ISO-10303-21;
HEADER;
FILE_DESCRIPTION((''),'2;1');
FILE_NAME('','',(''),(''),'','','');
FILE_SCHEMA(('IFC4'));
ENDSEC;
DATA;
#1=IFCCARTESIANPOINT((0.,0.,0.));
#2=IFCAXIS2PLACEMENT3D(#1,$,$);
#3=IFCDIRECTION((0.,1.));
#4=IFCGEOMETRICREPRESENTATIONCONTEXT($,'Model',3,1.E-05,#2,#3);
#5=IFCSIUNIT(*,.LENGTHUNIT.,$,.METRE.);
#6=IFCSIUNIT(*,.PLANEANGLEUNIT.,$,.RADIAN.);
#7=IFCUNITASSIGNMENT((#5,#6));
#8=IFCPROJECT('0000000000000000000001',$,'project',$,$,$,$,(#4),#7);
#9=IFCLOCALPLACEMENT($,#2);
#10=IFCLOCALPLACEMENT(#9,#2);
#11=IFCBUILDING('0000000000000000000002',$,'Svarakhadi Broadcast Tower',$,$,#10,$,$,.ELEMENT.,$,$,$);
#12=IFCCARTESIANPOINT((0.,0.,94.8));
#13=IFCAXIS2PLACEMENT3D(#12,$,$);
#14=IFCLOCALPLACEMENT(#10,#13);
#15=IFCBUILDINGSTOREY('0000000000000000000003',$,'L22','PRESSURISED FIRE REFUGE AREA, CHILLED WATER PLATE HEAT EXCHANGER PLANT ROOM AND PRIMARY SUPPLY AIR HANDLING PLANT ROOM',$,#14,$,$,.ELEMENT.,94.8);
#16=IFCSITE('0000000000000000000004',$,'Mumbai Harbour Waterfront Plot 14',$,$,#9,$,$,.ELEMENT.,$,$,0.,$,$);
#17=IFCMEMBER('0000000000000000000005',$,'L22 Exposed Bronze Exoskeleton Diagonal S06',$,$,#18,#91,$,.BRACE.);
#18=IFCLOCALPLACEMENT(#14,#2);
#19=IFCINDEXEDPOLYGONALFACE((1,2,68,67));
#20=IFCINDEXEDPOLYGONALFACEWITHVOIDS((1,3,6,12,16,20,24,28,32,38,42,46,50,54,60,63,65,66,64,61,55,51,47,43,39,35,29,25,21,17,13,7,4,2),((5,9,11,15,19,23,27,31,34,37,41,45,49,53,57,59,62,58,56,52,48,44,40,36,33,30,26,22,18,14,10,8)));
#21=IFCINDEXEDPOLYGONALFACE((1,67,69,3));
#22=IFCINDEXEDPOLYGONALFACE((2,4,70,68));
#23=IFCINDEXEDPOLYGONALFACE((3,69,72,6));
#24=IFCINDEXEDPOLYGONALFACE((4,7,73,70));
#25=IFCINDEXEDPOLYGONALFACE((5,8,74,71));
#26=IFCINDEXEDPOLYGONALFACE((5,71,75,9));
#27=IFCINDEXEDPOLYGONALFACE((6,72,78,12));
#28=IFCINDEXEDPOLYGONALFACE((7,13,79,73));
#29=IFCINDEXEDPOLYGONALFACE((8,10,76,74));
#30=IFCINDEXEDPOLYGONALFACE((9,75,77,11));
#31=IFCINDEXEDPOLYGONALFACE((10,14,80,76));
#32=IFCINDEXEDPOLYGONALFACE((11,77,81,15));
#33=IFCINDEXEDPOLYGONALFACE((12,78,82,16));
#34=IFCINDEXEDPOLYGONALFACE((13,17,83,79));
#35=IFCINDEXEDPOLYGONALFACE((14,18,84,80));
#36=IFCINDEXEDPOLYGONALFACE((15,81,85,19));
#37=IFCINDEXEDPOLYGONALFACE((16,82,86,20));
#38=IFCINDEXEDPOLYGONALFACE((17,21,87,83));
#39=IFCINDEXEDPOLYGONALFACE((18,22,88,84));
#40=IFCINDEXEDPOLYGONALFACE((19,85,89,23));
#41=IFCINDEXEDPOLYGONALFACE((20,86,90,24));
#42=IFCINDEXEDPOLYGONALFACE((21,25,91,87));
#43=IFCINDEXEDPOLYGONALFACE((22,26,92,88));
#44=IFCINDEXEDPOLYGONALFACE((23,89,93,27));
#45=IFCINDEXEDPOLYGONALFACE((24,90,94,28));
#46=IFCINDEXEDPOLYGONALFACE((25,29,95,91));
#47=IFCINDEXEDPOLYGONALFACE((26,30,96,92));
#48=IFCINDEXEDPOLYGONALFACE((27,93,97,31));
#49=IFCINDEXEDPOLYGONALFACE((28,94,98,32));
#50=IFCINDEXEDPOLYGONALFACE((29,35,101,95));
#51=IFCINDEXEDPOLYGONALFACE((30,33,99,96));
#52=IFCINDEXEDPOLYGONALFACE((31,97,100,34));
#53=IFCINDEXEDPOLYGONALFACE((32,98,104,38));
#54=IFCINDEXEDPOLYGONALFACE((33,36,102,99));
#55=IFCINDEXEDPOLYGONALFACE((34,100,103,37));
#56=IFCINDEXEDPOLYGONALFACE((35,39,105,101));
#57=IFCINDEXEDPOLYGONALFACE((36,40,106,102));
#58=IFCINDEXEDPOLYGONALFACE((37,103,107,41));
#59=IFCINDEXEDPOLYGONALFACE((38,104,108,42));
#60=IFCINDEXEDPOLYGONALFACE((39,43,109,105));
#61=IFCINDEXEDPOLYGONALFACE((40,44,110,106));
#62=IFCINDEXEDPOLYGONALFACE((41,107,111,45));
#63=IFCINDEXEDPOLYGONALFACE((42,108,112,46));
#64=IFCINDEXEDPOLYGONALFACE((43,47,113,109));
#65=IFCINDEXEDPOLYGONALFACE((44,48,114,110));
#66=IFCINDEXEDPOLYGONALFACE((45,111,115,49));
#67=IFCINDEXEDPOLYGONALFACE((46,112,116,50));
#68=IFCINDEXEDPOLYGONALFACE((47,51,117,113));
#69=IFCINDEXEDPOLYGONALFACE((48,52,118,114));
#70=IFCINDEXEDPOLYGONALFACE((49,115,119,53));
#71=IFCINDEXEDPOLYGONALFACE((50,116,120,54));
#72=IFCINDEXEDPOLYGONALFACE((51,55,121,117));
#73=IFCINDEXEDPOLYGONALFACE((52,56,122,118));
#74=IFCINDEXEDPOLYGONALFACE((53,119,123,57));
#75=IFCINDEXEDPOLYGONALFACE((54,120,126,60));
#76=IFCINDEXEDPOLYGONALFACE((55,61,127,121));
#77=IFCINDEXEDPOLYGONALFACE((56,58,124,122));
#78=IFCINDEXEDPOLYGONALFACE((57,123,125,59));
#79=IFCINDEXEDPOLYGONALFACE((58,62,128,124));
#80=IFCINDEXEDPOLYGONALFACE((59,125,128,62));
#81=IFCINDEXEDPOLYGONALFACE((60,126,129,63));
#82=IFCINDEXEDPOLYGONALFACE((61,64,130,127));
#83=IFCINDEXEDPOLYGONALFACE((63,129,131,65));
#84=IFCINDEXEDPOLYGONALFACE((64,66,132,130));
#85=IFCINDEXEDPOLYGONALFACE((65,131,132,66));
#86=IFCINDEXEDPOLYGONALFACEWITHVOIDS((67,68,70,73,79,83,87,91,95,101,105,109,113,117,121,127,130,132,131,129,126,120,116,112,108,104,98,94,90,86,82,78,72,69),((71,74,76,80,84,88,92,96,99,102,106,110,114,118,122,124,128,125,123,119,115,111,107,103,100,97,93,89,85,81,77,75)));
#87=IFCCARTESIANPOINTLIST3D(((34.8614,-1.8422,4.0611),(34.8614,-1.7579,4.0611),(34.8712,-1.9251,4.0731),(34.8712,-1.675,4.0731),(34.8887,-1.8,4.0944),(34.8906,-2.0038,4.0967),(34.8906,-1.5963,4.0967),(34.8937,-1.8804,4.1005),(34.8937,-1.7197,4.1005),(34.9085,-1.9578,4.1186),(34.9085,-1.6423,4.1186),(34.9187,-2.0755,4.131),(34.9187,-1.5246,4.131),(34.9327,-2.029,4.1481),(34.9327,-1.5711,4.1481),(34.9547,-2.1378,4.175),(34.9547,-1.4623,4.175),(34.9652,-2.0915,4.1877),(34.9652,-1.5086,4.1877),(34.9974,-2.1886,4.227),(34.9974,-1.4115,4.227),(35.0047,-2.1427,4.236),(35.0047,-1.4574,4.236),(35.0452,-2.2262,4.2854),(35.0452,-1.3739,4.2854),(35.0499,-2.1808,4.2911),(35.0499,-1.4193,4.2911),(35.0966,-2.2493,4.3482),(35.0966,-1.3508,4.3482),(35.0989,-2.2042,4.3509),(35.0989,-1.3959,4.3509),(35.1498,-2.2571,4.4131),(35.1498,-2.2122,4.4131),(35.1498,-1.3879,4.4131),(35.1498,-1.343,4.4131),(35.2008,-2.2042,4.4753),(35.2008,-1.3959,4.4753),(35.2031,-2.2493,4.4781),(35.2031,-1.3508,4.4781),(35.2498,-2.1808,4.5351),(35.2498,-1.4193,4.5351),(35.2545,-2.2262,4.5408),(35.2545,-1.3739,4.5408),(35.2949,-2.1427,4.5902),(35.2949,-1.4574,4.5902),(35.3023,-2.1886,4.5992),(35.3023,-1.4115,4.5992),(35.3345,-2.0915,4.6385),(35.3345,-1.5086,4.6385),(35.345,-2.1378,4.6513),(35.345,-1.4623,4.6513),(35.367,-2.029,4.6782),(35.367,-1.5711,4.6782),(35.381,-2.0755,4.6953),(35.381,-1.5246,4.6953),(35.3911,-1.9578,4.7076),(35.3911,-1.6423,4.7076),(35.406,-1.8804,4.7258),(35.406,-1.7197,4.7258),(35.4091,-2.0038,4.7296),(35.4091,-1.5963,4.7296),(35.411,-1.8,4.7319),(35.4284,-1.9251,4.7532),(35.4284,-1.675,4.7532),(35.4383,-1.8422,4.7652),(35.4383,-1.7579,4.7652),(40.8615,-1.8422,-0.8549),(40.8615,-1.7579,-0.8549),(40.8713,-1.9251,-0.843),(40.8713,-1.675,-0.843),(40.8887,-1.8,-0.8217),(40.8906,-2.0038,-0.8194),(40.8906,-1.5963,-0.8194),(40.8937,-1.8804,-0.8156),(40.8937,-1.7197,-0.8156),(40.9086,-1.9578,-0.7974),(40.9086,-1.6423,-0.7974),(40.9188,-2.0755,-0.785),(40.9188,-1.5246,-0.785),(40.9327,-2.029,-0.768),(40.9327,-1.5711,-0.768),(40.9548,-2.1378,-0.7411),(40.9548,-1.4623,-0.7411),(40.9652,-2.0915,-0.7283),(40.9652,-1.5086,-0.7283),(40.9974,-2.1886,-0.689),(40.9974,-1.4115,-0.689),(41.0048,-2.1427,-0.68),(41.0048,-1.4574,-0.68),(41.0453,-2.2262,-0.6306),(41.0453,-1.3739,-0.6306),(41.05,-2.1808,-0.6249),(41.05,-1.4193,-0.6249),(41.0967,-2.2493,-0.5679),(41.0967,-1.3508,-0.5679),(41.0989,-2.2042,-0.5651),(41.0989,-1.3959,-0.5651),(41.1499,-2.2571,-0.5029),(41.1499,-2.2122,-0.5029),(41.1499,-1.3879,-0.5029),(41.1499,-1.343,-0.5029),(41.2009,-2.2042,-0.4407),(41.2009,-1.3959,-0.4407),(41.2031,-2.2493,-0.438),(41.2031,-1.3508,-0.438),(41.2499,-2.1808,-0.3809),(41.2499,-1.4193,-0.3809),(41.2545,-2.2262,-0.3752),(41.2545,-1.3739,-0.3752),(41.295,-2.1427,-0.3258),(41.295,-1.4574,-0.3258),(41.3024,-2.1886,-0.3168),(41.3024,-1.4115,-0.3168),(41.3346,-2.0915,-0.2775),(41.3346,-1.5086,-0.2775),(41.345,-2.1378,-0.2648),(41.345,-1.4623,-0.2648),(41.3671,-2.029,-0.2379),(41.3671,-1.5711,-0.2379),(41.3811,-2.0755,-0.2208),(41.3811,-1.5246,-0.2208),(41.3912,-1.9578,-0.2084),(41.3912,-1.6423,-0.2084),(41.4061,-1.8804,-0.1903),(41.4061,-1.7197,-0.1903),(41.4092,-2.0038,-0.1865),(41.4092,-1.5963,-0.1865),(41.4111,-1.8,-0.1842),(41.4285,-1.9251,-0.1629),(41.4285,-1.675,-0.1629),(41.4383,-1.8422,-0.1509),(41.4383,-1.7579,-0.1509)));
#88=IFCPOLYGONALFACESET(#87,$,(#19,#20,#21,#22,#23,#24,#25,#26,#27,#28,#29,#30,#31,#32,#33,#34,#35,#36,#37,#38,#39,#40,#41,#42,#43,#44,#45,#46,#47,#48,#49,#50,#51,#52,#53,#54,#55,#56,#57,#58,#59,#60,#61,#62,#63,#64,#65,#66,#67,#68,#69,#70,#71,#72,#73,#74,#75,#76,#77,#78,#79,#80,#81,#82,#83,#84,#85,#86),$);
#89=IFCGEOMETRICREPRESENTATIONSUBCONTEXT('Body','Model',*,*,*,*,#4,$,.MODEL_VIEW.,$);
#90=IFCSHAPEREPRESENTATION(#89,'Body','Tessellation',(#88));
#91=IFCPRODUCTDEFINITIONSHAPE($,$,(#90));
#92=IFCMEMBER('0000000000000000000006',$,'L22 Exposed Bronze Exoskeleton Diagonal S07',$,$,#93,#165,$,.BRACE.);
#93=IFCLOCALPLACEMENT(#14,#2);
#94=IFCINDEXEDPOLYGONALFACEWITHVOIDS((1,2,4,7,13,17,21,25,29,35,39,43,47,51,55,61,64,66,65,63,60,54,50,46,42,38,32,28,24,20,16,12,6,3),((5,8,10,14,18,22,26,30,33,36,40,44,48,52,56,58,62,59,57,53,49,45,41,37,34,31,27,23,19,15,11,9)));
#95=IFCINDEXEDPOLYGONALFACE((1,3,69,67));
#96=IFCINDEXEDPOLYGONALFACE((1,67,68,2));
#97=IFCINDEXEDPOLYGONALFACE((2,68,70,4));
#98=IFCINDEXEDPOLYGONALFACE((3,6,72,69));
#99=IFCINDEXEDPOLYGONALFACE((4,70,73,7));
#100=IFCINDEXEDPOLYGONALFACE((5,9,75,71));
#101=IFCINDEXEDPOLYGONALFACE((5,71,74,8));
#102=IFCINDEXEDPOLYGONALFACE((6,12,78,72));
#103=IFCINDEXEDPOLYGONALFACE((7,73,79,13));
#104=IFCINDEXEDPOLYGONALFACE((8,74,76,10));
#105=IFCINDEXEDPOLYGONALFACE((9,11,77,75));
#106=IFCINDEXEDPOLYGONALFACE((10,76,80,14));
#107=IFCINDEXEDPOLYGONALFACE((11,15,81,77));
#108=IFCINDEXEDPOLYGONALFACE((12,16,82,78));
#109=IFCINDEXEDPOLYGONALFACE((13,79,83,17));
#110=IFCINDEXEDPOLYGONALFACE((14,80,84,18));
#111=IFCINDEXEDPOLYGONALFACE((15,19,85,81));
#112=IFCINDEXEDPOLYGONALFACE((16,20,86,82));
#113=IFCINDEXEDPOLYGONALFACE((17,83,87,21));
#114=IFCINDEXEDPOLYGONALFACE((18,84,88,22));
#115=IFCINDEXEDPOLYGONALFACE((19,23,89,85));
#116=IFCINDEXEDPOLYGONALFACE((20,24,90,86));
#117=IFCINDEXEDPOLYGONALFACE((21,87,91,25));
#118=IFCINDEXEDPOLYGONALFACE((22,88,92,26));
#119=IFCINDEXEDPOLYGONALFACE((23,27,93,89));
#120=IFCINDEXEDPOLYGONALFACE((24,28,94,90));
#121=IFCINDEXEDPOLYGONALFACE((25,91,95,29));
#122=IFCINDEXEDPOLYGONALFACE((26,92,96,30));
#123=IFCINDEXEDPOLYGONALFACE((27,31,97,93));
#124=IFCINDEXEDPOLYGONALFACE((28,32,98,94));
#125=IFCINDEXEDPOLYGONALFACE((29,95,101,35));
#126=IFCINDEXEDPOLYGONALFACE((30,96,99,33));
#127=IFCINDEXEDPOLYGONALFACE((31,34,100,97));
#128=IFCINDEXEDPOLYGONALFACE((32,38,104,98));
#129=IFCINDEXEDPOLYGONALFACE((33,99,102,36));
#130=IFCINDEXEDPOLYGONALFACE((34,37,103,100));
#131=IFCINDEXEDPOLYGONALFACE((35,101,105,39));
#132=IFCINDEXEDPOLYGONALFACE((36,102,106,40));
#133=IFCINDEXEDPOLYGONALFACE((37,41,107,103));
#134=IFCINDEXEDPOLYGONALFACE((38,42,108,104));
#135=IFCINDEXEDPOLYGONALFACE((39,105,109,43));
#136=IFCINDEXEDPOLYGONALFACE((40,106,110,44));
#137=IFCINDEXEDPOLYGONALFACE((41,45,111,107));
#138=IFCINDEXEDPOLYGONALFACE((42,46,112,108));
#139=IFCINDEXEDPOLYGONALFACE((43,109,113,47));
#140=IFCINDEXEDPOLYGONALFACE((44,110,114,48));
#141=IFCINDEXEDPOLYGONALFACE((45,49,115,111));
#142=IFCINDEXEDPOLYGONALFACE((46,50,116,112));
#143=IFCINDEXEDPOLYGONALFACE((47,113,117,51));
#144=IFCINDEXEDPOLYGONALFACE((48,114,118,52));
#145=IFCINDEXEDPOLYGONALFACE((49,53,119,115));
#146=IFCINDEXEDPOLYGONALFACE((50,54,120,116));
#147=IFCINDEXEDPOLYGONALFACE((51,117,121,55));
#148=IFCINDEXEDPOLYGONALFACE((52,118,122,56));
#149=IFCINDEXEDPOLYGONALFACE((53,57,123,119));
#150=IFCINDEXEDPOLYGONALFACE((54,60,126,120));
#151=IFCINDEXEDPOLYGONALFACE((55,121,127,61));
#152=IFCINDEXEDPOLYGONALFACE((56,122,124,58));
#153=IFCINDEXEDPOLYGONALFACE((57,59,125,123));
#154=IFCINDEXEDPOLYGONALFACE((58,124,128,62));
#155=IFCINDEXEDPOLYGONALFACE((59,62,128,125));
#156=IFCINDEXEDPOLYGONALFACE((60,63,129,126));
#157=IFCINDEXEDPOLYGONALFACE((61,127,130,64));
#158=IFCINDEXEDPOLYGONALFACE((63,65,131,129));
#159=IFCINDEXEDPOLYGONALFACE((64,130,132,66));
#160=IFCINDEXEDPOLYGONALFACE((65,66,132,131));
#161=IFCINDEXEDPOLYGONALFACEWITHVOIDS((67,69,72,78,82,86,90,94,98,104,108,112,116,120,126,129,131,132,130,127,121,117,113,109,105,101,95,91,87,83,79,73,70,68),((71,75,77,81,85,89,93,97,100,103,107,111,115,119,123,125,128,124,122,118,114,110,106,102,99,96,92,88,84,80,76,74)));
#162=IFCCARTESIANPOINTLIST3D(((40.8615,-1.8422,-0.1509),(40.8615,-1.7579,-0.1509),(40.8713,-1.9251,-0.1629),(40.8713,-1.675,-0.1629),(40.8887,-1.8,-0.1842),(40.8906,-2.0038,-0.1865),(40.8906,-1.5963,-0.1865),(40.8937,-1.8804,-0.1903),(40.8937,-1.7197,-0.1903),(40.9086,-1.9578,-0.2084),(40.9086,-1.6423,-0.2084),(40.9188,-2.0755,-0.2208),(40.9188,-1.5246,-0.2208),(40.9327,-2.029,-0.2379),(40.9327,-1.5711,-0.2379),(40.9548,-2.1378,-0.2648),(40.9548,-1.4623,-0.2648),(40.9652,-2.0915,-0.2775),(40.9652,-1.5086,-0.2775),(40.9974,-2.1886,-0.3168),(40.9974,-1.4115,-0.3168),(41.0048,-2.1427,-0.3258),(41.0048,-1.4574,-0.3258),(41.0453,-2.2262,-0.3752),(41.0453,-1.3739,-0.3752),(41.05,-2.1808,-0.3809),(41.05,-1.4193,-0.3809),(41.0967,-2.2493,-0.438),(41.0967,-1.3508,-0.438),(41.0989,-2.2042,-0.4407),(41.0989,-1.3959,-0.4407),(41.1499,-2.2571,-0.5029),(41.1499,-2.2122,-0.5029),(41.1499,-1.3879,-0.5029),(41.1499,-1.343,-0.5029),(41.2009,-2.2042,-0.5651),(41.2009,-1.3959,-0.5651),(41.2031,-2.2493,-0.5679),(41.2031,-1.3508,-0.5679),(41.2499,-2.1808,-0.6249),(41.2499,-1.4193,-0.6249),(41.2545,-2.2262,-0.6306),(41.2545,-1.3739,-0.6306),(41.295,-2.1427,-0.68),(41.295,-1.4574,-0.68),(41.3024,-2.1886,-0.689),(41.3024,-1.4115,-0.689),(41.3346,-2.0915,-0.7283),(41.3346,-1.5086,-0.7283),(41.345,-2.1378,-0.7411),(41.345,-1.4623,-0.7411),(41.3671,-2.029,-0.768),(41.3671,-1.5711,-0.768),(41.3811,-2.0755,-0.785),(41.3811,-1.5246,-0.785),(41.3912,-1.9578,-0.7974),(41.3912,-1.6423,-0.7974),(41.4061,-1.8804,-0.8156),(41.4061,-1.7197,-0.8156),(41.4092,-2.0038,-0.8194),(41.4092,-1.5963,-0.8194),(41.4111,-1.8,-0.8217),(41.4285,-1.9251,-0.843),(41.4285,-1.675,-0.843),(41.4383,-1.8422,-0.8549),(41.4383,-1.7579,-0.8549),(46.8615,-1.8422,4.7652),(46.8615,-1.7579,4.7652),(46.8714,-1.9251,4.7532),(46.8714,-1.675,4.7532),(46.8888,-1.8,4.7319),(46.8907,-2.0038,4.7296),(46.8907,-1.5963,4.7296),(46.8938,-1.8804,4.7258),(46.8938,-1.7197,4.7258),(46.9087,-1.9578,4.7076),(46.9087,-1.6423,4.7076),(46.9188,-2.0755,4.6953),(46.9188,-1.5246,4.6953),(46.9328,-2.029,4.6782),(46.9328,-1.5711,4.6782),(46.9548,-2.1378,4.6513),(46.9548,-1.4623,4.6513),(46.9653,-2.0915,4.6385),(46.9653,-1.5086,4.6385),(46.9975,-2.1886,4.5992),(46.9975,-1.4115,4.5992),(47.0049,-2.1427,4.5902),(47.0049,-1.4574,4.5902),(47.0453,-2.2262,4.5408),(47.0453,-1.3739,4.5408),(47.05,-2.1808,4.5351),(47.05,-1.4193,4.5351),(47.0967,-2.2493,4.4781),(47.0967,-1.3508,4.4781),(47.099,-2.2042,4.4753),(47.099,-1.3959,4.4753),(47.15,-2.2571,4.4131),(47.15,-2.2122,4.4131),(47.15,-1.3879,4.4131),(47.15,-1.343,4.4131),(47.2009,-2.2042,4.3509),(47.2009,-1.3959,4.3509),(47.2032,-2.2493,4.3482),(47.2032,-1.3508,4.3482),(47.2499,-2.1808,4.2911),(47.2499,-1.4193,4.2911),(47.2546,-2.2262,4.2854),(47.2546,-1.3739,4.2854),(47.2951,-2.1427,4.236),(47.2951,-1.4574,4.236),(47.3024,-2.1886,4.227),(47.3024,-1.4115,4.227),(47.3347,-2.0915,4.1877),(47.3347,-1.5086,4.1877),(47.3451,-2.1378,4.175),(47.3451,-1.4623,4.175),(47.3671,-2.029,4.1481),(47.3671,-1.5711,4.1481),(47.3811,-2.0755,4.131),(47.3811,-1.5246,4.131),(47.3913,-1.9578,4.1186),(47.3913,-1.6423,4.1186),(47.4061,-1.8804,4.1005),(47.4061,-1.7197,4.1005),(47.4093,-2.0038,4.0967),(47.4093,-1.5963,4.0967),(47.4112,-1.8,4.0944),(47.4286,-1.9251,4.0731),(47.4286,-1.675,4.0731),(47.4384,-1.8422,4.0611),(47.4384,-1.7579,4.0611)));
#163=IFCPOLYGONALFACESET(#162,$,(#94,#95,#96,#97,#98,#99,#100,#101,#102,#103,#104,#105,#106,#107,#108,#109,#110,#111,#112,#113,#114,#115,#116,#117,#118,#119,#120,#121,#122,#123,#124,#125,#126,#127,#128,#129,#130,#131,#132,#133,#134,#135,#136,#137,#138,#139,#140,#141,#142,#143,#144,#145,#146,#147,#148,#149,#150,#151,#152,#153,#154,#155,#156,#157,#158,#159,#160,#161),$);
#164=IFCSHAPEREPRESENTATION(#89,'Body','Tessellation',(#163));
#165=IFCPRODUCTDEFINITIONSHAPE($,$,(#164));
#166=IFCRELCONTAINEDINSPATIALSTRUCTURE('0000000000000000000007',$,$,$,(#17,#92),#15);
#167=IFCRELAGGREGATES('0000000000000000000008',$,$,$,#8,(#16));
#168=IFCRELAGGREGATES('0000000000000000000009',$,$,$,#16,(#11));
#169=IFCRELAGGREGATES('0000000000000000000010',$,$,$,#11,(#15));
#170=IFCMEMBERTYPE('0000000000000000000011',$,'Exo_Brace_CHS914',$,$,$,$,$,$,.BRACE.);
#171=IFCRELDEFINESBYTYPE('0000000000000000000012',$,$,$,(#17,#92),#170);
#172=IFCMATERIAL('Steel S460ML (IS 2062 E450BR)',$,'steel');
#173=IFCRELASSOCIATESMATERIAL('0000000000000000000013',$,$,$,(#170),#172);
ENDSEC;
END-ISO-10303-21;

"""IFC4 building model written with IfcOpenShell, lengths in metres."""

from ifc_helpers import new_model, si_unit, direction, frame, origin, origin_2d, place, context, subcontext, project, spatial, hollow_circle, extrude, material, material_profile, profile_set, type_object, element, save


model = new_model("IFC4")

# Units and contexts
model_context = context("Model", 3, precision=1e-05, world=origin(), true_north=direction((0.0, 1.0)))
body_context = subcontext(model_context, "Body", "Model", "MODEL_VIEW")
ifc_project = project(units=[si_unit("LENGTHUNIT", "METRE"), si_unit("PLANEANGLEUNIT", "RADIAN")], contexts=[model_context])

# Site, building, storey
site_placement = place(None, origin())
site = spatial("IfcSite", under=ifc_project, at=site_placement, Name="Mumbai Harbour Waterfront Plot 14", CompositionType="ELEMENT", RefElevation=0.0)
building_placement = place(site_placement, origin())
building = spatial("IfcBuilding", under=site, at=building_placement, Name="Svarakhadi Broadcast Tower", CompositionType="ELEMENT")
storey_placement = place(building_placement, frame((0.0, 0.0, 94.8)))
storey = spatial("IfcBuildingStorey", under=building, at=storey_placement, Name="L22", Description="PRESSURISED FIRE REFUGE AREA, CHILLED WATER PLATE HEAT EXCHANGER PLANT ROOM AND PRIMARY SUPPLY AIR HANDLING PLANT ROOM", CompositionType="ELEMENT", Elevation=94.8)

# Shared definitions
ifc_material_1 = material(Name="Steel S460ML (IS 2062 E450BR)", Category="steel")

# Members
ifc_material_profile_1 = material_profile(ifc_material_1, hollow_circle(Radius=0.457, WallThickness=0.0449, at=origin_2d()), Name="CHS 914x45")
ifc_profile_set_1 = profile_set([ifc_material_profile_1], Name="Steel S460ML (IS 2062 E450BR)")
member_type_1 = type_object("IfcMemberType", Name="Exo_Brace_CHS914", PredefinedType="BRACE", material=ifc_profile_set_1)
for number, where, z_axis, x_axis, name in (
    (1, (41.1499, -1.8, -0.5029), (-0.77352, 0.0, 0.633772), (0.0, -1.0, 0.0), "L22 Exposed Bronze Exoskeleton Diagonal S06"),
    (2, (41.1499, -1.8, -0.5029), (0.77352, 0.0, 0.633772), (0.0, 1.0, 0.0), "L22 Exposed Bronze Exoskeleton Diagonal S07"),
):
    element("IfcMember", number, at=place(storey_placement, frame(where, z_axis=z_axis, x_axis=x_axis)), inside=storey, type_object=member_type_1, Name=name, PredefinedType="BRACE", context=body_context, shape_type="SweptSolid", body=[
        extrude(hollow_circle(Radius=0.457, WallThickness=0.0449, at=origin_2d()), origin(), (0.0, 0.0, 1.0), 7.7568),
    ])

save(model, "model.ifc")
